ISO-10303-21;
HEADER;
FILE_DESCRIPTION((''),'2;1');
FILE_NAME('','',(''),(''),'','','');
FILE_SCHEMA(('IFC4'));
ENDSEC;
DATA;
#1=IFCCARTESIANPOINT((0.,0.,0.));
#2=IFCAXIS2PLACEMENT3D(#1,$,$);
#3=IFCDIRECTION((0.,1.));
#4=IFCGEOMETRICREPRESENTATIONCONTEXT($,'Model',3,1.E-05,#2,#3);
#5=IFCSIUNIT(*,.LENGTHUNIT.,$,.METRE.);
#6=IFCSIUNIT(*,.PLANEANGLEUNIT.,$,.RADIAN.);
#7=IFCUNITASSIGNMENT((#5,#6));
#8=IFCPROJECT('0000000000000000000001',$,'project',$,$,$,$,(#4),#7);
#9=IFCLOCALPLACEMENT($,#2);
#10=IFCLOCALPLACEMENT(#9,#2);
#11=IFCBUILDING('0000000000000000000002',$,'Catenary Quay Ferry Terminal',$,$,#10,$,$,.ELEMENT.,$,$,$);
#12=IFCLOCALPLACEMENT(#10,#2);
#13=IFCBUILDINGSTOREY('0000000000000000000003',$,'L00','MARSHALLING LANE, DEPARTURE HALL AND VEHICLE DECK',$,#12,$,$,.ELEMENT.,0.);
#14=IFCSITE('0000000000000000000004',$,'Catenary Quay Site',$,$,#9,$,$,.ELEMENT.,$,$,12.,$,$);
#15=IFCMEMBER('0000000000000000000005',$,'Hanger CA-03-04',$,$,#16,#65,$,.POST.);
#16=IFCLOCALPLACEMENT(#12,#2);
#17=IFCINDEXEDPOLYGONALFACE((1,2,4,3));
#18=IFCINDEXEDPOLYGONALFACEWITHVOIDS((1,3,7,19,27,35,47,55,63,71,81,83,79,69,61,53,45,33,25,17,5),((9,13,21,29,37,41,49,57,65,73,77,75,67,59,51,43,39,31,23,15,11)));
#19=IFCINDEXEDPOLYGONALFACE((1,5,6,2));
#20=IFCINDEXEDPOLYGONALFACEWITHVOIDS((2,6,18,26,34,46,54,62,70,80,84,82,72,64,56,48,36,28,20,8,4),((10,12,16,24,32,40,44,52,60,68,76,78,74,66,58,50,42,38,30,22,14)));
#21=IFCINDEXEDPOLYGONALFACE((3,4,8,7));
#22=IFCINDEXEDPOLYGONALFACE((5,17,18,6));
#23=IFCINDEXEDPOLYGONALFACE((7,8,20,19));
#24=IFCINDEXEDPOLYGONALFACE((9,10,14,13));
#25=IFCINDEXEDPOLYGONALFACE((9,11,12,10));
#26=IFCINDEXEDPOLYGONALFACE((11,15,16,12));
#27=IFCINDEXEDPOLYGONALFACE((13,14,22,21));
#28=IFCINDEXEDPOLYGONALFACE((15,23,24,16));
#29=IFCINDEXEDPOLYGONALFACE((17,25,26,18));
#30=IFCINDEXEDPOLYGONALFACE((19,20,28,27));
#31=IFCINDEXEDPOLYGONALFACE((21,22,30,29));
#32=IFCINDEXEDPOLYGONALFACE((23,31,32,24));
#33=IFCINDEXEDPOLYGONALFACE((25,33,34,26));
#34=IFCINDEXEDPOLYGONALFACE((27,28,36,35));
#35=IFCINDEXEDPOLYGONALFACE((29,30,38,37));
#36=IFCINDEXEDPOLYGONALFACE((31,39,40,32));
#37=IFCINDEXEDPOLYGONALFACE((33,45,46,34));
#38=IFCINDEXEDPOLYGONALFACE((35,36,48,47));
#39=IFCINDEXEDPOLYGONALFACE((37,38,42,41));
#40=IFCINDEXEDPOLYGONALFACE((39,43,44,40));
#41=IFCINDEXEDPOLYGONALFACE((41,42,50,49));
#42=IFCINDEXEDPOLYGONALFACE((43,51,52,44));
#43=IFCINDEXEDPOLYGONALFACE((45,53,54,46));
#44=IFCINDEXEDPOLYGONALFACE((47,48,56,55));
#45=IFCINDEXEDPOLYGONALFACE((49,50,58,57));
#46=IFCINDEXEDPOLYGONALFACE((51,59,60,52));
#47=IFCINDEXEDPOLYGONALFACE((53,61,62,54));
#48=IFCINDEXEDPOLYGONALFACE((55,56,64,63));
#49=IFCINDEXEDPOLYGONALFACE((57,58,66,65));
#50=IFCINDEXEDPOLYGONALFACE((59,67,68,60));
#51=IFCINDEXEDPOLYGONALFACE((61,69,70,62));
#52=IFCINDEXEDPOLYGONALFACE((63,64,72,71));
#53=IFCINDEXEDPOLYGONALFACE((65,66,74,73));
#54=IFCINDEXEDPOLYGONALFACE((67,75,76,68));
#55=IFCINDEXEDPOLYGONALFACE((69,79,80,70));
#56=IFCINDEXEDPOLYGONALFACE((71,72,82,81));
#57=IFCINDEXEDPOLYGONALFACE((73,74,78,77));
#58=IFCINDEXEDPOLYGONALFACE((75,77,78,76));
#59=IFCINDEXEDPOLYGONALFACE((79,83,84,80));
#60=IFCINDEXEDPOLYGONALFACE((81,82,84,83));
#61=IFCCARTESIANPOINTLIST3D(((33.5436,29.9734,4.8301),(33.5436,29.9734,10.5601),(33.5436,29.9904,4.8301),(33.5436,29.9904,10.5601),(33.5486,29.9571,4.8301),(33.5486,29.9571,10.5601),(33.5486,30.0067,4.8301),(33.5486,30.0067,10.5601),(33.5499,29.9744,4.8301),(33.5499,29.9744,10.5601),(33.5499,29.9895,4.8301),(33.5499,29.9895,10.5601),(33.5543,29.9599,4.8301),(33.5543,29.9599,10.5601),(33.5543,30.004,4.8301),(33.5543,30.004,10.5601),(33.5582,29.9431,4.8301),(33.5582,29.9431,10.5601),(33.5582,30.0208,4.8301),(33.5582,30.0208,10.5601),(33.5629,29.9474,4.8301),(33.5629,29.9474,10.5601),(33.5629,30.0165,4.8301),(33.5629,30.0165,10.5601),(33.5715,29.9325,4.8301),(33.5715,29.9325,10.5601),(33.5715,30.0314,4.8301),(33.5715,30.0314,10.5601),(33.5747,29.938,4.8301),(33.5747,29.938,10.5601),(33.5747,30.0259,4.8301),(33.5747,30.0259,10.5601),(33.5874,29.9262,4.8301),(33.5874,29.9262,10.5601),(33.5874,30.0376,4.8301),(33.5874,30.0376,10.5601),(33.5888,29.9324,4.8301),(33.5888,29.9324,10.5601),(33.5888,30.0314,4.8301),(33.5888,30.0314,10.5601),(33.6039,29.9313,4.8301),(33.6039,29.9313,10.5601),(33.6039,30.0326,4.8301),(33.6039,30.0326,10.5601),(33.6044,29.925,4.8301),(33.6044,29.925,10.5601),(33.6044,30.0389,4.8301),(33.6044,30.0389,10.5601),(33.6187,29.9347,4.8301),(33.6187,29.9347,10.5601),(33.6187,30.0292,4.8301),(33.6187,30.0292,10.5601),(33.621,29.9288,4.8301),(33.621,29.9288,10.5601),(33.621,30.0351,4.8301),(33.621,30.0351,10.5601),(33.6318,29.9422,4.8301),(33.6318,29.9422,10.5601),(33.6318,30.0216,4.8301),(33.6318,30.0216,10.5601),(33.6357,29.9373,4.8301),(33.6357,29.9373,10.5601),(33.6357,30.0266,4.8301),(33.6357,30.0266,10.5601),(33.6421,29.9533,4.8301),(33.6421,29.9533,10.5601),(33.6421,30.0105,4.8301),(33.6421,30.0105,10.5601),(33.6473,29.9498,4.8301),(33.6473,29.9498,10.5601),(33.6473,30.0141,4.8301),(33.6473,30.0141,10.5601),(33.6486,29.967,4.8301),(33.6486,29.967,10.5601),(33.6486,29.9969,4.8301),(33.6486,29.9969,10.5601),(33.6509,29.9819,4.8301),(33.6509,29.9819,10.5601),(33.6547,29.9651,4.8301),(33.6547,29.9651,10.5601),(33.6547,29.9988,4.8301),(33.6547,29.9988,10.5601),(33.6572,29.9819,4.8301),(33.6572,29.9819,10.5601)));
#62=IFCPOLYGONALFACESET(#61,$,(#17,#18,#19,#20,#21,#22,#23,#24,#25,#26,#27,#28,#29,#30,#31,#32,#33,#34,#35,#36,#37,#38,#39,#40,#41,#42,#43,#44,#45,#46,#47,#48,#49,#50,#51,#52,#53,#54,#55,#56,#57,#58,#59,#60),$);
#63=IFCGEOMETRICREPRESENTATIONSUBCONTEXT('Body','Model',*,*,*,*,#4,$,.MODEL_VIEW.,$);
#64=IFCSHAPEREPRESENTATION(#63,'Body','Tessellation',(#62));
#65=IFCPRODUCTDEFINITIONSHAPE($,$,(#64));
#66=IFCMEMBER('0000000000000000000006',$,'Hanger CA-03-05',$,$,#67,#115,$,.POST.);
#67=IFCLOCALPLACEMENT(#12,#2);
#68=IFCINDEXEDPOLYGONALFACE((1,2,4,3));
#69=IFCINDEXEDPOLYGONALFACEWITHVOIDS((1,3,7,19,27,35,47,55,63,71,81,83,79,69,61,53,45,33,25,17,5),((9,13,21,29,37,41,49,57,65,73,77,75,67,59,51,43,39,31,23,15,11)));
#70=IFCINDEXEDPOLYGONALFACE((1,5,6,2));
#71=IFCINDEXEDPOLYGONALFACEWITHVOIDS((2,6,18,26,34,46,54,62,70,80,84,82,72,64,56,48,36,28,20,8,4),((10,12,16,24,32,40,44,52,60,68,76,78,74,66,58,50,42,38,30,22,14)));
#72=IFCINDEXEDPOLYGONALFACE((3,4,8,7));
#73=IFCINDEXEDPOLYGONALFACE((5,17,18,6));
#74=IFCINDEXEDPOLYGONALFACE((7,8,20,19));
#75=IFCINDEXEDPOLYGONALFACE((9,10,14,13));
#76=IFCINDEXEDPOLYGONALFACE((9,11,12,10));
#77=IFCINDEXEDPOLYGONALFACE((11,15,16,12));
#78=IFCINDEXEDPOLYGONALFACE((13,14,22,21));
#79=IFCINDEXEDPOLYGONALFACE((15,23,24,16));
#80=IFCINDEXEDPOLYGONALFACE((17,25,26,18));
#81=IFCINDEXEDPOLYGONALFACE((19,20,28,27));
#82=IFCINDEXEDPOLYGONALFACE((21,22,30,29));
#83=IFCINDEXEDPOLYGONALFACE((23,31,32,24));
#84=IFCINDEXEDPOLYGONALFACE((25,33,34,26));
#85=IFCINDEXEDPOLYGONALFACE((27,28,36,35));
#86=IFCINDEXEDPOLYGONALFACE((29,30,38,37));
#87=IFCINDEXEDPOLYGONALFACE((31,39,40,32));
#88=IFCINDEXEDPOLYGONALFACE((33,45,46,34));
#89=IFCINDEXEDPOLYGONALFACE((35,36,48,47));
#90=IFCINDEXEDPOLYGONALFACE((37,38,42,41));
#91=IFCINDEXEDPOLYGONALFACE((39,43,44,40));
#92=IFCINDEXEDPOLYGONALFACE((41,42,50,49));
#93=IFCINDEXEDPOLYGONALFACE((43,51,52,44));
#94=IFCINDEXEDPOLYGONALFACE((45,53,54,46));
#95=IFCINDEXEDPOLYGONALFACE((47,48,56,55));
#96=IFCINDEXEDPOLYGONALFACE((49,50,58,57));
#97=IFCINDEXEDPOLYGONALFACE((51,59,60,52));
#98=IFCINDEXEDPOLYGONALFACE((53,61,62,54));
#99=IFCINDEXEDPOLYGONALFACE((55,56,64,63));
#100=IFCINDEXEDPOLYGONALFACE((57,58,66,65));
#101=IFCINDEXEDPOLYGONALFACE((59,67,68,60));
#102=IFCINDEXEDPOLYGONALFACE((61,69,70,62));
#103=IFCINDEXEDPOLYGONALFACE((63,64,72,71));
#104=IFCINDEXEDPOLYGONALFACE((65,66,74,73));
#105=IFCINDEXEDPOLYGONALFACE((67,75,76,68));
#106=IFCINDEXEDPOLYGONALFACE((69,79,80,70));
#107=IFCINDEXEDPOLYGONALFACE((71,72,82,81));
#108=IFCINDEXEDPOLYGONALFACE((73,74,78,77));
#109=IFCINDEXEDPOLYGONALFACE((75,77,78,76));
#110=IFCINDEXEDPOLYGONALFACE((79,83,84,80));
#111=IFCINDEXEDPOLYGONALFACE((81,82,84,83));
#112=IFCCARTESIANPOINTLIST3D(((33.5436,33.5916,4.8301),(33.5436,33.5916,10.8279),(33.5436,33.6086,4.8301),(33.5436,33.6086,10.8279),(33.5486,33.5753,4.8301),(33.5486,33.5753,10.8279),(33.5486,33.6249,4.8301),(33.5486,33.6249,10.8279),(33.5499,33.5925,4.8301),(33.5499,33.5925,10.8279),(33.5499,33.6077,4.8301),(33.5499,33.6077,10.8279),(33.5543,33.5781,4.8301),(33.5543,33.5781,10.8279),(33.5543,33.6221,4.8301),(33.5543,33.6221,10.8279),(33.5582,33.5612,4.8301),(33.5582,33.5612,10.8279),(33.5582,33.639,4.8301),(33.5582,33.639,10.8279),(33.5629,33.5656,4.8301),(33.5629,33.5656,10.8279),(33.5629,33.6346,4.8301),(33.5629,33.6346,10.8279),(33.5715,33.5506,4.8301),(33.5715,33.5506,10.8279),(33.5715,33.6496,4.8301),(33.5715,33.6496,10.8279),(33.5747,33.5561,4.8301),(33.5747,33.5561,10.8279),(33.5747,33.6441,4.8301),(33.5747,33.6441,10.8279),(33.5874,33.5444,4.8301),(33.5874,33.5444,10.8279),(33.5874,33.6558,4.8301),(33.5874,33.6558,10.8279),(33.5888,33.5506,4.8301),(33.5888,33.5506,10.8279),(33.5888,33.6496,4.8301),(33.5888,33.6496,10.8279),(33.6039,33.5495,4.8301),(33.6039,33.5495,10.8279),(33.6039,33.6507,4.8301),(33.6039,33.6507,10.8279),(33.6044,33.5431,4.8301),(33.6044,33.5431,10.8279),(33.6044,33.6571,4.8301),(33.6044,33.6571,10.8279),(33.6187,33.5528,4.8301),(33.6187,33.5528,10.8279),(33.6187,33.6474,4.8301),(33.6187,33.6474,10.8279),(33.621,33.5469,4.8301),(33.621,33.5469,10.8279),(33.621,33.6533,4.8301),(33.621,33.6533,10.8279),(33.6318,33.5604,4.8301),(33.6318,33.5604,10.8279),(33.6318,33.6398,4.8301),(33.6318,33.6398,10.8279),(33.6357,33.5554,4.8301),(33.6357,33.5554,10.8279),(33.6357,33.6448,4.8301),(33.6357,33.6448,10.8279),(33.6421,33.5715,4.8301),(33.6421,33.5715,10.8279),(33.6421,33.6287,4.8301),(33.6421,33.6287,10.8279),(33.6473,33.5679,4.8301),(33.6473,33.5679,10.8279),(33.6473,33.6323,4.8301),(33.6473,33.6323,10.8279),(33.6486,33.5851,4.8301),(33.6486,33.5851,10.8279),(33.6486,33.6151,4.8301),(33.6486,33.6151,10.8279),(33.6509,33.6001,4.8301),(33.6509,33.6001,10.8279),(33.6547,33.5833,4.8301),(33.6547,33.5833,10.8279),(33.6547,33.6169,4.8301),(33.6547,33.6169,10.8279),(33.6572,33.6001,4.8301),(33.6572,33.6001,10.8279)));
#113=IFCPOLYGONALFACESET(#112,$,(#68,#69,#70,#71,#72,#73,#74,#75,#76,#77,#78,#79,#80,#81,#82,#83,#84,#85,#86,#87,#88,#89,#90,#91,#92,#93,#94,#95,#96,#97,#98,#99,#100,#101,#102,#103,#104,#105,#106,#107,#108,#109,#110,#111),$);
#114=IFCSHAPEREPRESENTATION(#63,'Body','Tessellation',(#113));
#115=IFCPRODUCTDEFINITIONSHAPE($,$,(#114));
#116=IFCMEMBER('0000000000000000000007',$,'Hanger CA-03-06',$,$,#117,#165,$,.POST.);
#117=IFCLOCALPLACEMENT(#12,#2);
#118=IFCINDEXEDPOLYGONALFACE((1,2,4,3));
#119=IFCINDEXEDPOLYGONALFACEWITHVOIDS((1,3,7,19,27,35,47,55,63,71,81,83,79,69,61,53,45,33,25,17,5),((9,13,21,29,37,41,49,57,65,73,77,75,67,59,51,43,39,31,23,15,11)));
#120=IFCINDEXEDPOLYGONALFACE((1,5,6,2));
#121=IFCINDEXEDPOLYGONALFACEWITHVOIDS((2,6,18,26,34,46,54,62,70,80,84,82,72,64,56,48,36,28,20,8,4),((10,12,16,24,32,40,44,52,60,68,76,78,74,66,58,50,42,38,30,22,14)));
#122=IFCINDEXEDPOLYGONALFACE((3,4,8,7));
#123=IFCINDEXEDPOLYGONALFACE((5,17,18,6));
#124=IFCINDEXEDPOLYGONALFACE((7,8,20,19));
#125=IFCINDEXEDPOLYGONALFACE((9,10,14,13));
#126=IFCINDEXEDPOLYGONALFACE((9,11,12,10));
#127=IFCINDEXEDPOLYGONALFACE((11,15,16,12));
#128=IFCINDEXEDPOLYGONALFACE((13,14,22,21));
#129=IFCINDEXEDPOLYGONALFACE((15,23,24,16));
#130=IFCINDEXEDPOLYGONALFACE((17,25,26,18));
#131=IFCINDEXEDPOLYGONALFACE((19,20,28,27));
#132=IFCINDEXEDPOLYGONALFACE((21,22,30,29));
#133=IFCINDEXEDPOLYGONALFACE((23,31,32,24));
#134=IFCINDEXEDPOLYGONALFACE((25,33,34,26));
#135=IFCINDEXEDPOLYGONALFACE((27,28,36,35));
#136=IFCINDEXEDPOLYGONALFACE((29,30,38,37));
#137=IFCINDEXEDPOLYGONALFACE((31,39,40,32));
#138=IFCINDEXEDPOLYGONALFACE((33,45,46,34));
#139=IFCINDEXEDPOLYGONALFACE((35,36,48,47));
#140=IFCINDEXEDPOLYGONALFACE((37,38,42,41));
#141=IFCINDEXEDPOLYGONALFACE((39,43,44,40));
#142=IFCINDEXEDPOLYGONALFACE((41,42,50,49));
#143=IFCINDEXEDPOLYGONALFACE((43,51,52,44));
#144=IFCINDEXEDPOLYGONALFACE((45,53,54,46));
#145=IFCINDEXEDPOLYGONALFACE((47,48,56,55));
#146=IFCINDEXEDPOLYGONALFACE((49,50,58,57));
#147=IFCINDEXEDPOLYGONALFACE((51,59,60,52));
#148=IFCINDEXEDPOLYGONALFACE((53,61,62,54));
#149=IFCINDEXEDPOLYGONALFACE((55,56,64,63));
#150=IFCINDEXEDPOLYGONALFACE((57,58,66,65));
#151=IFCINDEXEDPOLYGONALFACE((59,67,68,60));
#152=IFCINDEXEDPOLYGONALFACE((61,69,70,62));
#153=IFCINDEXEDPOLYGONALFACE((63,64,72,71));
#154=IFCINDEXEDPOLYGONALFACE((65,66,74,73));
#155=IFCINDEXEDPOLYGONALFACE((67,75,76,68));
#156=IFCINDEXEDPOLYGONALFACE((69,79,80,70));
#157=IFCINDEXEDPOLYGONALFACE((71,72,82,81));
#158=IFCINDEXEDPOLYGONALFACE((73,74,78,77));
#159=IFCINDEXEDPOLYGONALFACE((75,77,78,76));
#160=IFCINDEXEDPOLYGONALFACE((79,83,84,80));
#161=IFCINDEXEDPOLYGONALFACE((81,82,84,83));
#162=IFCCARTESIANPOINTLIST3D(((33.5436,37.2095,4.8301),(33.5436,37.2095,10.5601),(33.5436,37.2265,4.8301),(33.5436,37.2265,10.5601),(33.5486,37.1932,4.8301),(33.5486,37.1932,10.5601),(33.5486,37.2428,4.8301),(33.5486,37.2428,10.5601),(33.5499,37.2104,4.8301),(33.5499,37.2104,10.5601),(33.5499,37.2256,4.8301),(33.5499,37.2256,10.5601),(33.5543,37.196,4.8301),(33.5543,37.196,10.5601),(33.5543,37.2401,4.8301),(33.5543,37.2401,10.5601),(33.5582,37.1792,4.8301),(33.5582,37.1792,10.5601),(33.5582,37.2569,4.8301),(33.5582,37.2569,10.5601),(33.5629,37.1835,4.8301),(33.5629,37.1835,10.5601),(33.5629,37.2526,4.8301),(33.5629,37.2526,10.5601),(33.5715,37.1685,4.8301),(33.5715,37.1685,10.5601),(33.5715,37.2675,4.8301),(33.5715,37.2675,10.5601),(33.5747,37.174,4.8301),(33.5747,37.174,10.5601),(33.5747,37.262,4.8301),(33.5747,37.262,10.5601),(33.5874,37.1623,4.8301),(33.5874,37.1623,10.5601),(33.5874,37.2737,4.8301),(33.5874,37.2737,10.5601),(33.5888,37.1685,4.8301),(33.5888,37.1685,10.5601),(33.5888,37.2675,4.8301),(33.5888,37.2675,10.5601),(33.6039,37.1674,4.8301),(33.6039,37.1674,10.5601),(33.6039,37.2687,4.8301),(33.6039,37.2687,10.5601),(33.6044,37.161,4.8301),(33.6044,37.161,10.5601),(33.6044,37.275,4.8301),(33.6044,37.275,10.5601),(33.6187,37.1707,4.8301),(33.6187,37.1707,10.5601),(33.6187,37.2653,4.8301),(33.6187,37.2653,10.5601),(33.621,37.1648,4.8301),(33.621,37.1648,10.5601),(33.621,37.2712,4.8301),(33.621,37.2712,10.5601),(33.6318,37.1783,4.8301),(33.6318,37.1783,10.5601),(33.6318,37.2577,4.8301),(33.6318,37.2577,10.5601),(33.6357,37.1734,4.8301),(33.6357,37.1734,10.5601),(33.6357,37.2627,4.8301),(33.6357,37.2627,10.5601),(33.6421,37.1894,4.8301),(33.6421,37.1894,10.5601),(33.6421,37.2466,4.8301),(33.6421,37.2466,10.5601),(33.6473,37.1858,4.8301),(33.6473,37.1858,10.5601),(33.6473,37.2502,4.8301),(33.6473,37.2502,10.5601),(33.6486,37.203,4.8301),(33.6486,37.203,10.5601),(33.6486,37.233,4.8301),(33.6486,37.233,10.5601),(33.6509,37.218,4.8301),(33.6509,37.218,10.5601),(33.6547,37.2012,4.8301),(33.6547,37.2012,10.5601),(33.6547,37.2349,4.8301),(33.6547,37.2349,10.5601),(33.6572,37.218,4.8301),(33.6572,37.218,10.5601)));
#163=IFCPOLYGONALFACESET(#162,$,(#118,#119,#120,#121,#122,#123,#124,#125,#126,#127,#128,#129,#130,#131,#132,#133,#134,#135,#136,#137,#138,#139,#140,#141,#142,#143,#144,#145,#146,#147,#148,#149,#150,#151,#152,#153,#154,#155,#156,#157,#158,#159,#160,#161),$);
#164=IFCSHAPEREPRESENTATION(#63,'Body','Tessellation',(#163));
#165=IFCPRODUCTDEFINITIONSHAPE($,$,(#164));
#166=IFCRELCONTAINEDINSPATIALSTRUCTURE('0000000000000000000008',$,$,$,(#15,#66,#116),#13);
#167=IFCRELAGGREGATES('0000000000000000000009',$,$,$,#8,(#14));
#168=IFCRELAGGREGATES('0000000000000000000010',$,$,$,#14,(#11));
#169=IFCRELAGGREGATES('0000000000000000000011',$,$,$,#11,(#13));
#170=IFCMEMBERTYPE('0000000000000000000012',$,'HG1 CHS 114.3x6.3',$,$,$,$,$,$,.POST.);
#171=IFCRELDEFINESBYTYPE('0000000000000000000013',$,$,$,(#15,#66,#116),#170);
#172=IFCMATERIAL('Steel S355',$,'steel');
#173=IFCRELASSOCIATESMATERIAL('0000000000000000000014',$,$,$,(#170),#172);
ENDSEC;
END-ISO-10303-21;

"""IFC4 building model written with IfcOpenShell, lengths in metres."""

from ifc_helpers import new_model, si_unit, direction, frame, origin, origin_2d, place, context, subcontext, project, spatial, hollow_circle, extrude, material, material_profile, profile_set, type_object, element, save


model = new_model("IFC4")

# Units and contexts
model_context = context("Model", 3, precision=1e-05, world=origin(), true_north=direction((0.0, 1.0)))
body_context = subcontext(model_context, "Body", "Model", "MODEL_VIEW")
ifc_project = project(units=[si_unit("LENGTHUNIT", "METRE"), si_unit("PLANEANGLEUNIT", "RADIAN")], contexts=[model_context])

# Site, building, storey
site_placement = place(None, origin())
site = spatial("IfcSite", under=ifc_project, at=site_placement, Name="Catenary Quay Site", CompositionType="ELEMENT", RefElevation=12.0)
building_placement = place(site_placement, origin())
building = spatial("IfcBuilding", under=site, at=building_placement, Name="Catenary Quay Ferry Terminal", CompositionType="ELEMENT")
storey_placement = place(building_placement, origin())
storey = spatial("IfcBuildingStorey", under=building, at=storey_placement, Name="L00", Description="MARSHALLING LANE, DEPARTURE HALL AND VEHICLE DECK", CompositionType="ELEMENT", Elevation=0.0)

# Members
ifc_material_1 = material(Name="Steel S355", Category="steel")
ifc_material_profile_1 = material_profile(ifc_material_1, hollow_circle(Radius=0.0571, WallThickness=0.0063, at=origin_2d()), Name="CHS 114.3x6.3")
ifc_profile_set_1 = profile_set([ifc_material_profile_1], Name="Steel S355")
member_type_1 = type_object("IfcMemberType", Name="HG1 CHS 114.3x6.3", PredefinedType="POST", material=ifc_profile_set_1)
member_1_placement = place(storey_placement, frame((33.6001, 29.9819, 4.8301), z_axis=(0.0, 0.0, 1.0), x_axis=(1.0, 0.0, 0.0)))
element("IfcMember", 1, at=member_1_placement, inside=storey, type_object=member_type_1, Name="Hanger CA-03-04", PredefinedType="POST", context=body_context, shape_type="SweptSolid", body=[
    extrude(hollow_circle(Radius=0.0571, WallThickness=0.0063, at=origin_2d()), origin(), (0.0, 0.0, 1.0), 5.73),
])
member_2_placement = place(storey_placement, frame((33.6001, 33.6001, 4.8301), z_axis=(0.0, 0.0, 1.0), x_axis=(1.0, 0.0, 0.0)))
element("IfcMember", 2, at=member_2_placement, inside=storey, type_object=member_type_1, Name="Hanger CA-03-05", PredefinedType="POST", context=body_context, shape_type="SweptSolid", body=[
    extrude(hollow_circle(Radius=0.0571, WallThickness=0.0063, at=origin_2d()), origin(), (0.0, 0.0, 1.0), 5.9978),
])
member_3_placement = place(storey_placement, frame((33.6001, 37.218, 4.8301), z_axis=(0.0, 0.0, 1.0), x_axis=(1.0, 0.0, 0.0)))
element("IfcMember", 3, at=member_3_placement, inside=storey, type_object=member_type_1, Name="Hanger CA-03-06", PredefinedType="POST", context=body_context, shape_type="SweptSolid", body=[
    extrude(hollow_circle(Radius=0.0571, WallThickness=0.0063, at=origin_2d()), origin(), (0.0, 0.0, 1.0), 5.73),
])

save(model, "model.ifc")
